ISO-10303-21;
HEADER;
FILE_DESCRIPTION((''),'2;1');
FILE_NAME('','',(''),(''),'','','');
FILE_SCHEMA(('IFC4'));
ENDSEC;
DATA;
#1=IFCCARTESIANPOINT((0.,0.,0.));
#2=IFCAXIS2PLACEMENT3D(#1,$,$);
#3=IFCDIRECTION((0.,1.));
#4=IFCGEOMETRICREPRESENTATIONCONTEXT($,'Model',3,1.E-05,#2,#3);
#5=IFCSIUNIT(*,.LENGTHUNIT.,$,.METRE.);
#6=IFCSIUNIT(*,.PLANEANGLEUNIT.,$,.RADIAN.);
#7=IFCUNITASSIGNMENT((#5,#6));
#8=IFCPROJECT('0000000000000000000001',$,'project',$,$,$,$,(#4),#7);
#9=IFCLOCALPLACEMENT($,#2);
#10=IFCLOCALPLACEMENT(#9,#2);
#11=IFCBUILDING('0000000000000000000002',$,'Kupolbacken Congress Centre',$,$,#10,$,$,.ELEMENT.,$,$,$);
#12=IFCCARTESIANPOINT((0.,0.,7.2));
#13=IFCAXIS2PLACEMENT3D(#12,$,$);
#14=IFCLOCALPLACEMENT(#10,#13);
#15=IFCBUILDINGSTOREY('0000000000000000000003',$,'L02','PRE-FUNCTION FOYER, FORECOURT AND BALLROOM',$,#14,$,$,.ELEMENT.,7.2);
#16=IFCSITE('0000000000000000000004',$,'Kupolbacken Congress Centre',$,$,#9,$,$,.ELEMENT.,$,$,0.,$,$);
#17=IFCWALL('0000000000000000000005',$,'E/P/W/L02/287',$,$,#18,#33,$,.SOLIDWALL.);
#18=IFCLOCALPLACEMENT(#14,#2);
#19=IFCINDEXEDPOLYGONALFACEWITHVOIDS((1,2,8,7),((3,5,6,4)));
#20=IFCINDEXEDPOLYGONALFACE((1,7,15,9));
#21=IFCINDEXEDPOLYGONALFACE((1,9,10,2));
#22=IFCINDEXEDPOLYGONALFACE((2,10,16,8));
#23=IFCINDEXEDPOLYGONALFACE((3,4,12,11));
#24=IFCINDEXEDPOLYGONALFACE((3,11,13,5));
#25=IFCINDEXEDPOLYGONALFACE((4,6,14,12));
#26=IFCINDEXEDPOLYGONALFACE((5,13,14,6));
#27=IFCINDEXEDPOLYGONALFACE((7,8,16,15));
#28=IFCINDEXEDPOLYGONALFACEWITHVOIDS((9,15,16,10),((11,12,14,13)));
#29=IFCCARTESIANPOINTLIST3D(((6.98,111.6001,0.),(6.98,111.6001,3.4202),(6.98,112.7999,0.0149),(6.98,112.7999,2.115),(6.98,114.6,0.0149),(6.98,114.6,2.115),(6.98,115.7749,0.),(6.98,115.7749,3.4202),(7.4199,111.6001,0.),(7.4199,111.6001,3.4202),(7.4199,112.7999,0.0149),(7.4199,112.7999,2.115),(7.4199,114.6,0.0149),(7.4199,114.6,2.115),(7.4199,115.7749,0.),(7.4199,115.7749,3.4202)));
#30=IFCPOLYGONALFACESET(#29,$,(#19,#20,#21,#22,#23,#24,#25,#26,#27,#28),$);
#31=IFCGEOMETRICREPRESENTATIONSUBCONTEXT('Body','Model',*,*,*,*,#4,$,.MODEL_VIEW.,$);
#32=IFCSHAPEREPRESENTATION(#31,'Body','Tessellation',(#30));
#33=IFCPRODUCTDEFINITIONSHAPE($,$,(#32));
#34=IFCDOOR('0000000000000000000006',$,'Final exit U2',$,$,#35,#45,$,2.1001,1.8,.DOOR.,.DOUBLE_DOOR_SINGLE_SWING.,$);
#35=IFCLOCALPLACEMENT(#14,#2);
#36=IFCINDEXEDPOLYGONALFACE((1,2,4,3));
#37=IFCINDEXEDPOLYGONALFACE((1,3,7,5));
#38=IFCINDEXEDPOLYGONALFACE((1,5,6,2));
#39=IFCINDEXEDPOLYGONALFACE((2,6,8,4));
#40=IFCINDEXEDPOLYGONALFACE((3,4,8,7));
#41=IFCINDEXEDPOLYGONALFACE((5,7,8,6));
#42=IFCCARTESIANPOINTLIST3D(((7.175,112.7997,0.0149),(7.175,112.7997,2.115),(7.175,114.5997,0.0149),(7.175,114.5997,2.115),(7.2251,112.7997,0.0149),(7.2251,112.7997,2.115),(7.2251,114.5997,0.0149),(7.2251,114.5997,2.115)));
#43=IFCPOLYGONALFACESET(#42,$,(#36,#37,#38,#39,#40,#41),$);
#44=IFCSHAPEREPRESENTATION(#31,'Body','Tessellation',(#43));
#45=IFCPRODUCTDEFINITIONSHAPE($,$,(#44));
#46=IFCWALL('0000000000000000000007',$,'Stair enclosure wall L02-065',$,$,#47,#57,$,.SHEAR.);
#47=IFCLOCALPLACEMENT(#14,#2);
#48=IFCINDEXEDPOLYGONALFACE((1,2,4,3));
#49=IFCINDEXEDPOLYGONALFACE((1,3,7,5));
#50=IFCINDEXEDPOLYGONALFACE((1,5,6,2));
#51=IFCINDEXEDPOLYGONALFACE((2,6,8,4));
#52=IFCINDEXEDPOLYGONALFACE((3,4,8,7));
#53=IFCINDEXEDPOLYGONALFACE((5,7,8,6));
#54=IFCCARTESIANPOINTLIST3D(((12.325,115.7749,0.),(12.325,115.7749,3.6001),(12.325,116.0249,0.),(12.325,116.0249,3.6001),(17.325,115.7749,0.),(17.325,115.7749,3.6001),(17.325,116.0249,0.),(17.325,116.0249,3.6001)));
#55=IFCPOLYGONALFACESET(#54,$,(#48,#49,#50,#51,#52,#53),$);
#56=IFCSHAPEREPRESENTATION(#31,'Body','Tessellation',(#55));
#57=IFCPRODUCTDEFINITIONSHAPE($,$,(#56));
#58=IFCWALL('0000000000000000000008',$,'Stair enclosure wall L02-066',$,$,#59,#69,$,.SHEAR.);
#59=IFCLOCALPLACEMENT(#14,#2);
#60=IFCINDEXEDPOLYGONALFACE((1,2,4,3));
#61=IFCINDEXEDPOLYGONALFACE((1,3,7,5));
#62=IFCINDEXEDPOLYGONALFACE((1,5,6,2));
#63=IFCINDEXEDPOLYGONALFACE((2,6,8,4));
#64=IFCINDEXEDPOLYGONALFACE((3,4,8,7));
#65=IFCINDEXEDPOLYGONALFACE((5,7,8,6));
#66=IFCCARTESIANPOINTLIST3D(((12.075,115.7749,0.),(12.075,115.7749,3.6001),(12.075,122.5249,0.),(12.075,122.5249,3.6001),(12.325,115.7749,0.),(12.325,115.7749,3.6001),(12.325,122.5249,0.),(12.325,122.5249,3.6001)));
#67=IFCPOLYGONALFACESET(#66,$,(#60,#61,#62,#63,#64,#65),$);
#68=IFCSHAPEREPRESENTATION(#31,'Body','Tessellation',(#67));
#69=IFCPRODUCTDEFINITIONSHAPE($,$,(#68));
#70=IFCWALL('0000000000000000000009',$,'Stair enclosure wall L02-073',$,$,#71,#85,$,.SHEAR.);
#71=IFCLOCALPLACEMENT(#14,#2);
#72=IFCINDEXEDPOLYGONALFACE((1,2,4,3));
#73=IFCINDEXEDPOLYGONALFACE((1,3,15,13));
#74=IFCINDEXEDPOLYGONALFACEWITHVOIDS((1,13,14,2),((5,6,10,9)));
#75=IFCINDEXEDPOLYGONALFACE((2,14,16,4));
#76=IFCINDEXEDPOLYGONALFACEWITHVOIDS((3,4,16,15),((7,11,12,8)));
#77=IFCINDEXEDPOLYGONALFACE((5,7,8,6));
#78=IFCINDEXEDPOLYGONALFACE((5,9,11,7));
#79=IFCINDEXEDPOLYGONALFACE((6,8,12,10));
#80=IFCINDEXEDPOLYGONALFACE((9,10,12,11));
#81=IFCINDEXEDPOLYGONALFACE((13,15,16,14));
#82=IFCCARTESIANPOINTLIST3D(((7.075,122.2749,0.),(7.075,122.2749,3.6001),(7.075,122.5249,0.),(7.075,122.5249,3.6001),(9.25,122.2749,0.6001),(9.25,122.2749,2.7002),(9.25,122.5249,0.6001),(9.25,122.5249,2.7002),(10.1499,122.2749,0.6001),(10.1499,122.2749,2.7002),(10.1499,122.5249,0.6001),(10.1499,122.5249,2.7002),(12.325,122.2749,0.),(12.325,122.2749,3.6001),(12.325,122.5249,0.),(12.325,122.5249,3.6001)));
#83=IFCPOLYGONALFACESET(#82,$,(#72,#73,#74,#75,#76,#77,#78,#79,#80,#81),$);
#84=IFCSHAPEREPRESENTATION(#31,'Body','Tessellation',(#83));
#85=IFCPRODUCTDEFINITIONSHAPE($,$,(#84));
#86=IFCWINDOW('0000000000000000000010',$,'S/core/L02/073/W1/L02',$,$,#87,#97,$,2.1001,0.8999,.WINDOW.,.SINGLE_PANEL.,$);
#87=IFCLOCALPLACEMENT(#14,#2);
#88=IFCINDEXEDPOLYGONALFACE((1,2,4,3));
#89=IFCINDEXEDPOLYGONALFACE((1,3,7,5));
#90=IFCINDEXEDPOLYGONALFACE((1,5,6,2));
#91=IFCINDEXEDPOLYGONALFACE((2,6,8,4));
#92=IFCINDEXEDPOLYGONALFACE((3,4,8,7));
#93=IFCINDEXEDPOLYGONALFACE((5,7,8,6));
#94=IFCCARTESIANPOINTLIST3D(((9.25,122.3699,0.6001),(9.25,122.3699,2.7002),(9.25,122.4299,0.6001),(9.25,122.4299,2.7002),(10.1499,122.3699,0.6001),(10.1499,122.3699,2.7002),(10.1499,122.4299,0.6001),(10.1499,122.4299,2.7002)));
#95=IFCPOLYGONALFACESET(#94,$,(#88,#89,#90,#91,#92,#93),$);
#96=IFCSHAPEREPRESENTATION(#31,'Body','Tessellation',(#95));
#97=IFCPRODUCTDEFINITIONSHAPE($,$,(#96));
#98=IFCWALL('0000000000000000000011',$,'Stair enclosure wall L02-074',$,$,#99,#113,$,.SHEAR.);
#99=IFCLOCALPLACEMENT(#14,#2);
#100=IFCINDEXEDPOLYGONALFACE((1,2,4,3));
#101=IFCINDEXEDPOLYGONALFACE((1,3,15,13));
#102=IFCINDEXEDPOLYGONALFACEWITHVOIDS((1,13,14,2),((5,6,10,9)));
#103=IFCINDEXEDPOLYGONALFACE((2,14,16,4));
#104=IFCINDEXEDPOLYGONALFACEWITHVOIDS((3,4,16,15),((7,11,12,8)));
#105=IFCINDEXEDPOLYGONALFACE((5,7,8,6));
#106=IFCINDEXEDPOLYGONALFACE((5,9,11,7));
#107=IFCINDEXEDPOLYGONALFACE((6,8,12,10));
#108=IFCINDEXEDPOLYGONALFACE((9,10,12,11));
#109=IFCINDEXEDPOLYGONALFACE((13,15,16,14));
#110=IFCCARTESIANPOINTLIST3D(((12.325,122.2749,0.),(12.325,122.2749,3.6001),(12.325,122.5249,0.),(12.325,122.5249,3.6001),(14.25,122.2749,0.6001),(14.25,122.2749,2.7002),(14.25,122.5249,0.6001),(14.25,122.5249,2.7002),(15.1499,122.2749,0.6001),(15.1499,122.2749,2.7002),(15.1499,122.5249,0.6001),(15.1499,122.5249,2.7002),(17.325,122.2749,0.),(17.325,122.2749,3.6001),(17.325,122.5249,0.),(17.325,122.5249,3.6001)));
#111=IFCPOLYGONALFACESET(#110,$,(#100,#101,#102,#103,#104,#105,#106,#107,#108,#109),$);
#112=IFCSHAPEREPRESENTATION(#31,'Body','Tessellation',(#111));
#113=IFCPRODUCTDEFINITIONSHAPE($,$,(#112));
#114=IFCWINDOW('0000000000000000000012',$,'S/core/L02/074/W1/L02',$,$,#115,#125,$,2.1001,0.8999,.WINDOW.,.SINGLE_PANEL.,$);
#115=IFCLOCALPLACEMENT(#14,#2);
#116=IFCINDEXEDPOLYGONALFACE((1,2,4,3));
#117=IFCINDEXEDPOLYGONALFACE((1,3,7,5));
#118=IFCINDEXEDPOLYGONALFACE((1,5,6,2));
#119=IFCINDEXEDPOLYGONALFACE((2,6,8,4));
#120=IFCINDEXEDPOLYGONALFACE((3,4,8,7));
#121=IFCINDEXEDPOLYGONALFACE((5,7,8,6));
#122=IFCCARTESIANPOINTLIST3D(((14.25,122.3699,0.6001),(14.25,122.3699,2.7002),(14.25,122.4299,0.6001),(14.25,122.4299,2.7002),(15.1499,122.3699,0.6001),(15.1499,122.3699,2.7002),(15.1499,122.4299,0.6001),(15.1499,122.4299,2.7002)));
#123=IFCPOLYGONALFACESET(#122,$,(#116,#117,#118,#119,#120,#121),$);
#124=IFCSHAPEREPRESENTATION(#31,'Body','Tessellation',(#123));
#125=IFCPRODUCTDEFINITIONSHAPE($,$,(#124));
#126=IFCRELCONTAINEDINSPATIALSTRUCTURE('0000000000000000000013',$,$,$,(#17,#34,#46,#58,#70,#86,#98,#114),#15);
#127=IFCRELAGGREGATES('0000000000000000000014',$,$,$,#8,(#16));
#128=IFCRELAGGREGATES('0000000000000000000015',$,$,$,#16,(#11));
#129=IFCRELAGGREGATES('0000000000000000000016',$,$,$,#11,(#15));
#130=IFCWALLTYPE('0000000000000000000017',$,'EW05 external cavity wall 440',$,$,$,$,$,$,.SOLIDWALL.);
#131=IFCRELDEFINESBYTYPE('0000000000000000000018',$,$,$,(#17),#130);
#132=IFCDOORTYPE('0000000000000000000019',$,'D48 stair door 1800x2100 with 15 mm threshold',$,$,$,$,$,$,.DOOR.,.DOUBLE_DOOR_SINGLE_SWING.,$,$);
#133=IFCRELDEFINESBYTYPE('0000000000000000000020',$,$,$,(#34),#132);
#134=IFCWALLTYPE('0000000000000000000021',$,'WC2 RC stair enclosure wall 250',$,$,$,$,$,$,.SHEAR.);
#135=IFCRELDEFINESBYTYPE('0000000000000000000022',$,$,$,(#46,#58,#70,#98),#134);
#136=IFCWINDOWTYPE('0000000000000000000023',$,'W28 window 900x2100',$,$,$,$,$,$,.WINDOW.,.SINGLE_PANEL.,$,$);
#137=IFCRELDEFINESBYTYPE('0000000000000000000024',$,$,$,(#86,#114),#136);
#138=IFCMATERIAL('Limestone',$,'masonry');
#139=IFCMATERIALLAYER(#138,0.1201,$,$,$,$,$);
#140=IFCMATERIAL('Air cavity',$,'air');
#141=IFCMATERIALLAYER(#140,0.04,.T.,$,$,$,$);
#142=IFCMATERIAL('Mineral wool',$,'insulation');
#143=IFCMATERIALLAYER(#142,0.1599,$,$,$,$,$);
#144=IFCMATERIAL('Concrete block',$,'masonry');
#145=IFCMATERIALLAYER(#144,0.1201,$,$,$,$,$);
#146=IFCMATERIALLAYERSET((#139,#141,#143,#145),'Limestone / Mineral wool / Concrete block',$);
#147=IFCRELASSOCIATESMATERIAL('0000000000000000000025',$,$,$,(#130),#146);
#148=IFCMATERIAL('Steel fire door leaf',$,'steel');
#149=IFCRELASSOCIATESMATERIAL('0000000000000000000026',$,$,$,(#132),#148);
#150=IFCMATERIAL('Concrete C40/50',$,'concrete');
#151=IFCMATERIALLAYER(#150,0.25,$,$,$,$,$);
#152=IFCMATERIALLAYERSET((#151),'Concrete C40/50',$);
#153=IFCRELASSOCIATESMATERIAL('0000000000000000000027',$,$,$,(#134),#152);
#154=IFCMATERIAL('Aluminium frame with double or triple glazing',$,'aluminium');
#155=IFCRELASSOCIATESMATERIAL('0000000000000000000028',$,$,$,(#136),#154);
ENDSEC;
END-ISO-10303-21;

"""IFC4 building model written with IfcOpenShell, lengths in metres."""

from ifc_helpers import new_model, si_unit, direction, frame, frame_2d, origin, place, context, subcontext, project, spatial, rectangle, extrude, material, layer, layer_set, type_object, element, fill, save


model = new_model("IFC4")

# Units and contexts
model_context = context("Model", 3, precision=1e-05, world=origin(), true_north=direction((0.0, 1.0)))
body_context = subcontext(model_context, "Body", "Model", "MODEL_VIEW")
ifc_project = project(units=[si_unit("LENGTHUNIT", "METRE"), si_unit("PLANEANGLEUNIT", "RADIAN")], contexts=[model_context])

# Site, building, storey
site_placement = place(None, origin())
site = spatial("IfcSite", under=ifc_project, at=site_placement, Name="Kupolbacken Congress Centre", CompositionType="ELEMENT", RefElevation=0.0)
building_placement = place(site_placement, origin())
building = spatial("IfcBuilding", under=site, at=building_placement, Name="Kupolbacken Congress Centre", CompositionType="ELEMENT")
storey_placement = place(building_placement, frame((0.0, 0.0, 7.2)))
storey = spatial("IfcBuildingStorey", under=building, at=storey_placement, Name="L02", Description="PRE-FUNCTION FOYER, FORECOURT AND BALLROOM", CompositionType="ELEMENT", Elevation=7.2)

# Wall, opening, door
ifc_material_1 = material(Name="Limestone", Category="masonry")
ifc_layer_1 = layer(ifc_material_1, 0.1201)
ifc_material_2 = material(Name="Air cavity", Category="air")
ifc_layer_2 = layer(ifc_material_2, 0.04, ventilated=True)
ifc_material_3 = material(Name="Mineral wool", Category="insulation")
ifc_layer_3 = layer(ifc_material_3, 0.1599)
ifc_material_4 = material(Name="Concrete block", Category="masonry")
ifc_layer_4 = layer(ifc_material_4, 0.1201)
ifc_layer_set_1 = layer_set([ifc_layer_1, ifc_layer_2, ifc_layer_3, ifc_layer_4], Name="Limestone / Mineral wool / Concrete block")
wall_type_1 = type_object("IfcWallType", Name="EW05 external cavity wall 440", PredefinedType="SOLIDWALL", material=ifc_layer_set_1)
wall_1_placement = place(storey_placement, frame((7.2, 115.7749, 0.0), z_axis=(0.0, 0.0, 1.0), x_axis=(0.0, -1.0, 0.0)))
wall_1 = element("IfcWall", 1, at=wall_1_placement, inside=storey, type_object=wall_type_1, Name="E/P/W/L02/287", PredefinedType="SOLIDWALL", context=body_context, shape_type="SweptSolid", body=[
    extrude(rectangle(XDim=4.1748, YDim=0.4399, at=frame_2d((2.0874, 0.0))), origin(), (0.0, 0.0, 1.0), 3.4202),
])
opening_1_placement = place(wall_1_placement, frame((1.175, 0.0, 0.0149)))
opening_1 = element("IfcOpeningElement", 2, at=opening_1_placement, cuts=wall_1, PredefinedType="OPENING", context=body_context, shape_type="SweptSolid", body=[
    extrude(rectangle(XDim=1.8, YDim=2.1001, at=frame_2d((0.8999, 1.05))), frame((0.0, 0.23, 0.0), z_axis=(0.0, -1.0, 0.0), x_axis=(1.0, 0.0, 0.0)), (0.0, 0.0, 1.0), 0.46),
])
ifc_material_5 = material(Name="Steel fire door leaf", Category="steel")
door_type_1 = type_object("IfcDoorType", Name="D48 stair door 1800x2100 with 15 mm threshold", OperationType="DOUBLE_DOOR_SINGLE_SWING", PredefinedType="DOOR", material=ifc_material_5)
door_1_placement = place(opening_1_placement, frame((1.8, 0.0, 0.0), z_axis=(0.0, 0.0, 1.0), x_axis=(-1.0, 0.0, 0.0)))
door_1 = element("IfcDoor", 3, at=door_1_placement, inside=storey, type_object=door_type_1, Name="Final exit U2", OperationType="DOUBLE_DOOR_SINGLE_SWING", OverallHeight=2.1001, OverallWidth=1.8, PredefinedType="DOOR", context=body_context, shape_type="SweptSolid", body=[
    extrude(rectangle(XDim=1.8, YDim=2.1001, at=frame_2d((0.8999, 1.05))), frame((0.0, 0.0249, 0.0), z_axis=(0.0, -1.0, 0.0), x_axis=(1.0, 0.0, 0.0)), (0.0, 0.0, 1.0), 0.05),
])
fill(opening_1, door_1)
ifc_material_6 = material(Name="Concrete C40/50", Category="concrete")
ifc_layer_5 = layer(ifc_material_6, 0.25)
ifc_layer_set_2 = layer_set([ifc_layer_5], Name="Concrete C40/50")
wall_type_2 = type_object("IfcWallType", Name="WC2 RC stair enclosure wall 250", PredefinedType="SHEAR", material=ifc_layer_set_2)

# Walls
wall_2_placement = place(storey_placement, frame((12.325, 115.8999, 0.0), z_axis=(0.0, 0.0, 1.0), x_axis=(1.0, 0.0, 0.0)))
element("IfcWall", 4, at=wall_2_placement, inside=storey, type_object=wall_type_2, Name="Stair enclosure wall L02-065", PredefinedType="SHEAR", context=body_context, shape_type="SweptSolid", body=[
    extrude(rectangle(XDim=5.0, YDim=0.25, at=frame_2d((2.5, 0.0))), origin(), (0.0, 0.0, 1.0), 3.6001),
])
wall_3_placement = place(storey_placement, frame((12.2, 115.7749, 0.0), z_axis=(0.0, 0.0, 1.0), x_axis=(0.0, 1.0, 0.0)))
element("IfcWall", 5, at=wall_3_placement, inside=storey, type_object=wall_type_2, Name="Stair enclosure wall L02-066", PredefinedType="SHEAR", context=body_context, shape_type="SweptSolid", body=[
    extrude(rectangle(XDim=6.75, YDim=0.25, at=frame_2d((3.375, 0.0))), origin(), (0.0, 0.0, 1.0), 3.6001),
])

# Walls, openings, windows
wall_4_placement = place(storey_placement, frame((12.325, 122.3999, 0.0), z_axis=(0.0, 0.0, 1.0), x_axis=(-1.0, 0.0, 0.0)))
wall_4 = element("IfcWall", 6, at=wall_4_placement, inside=storey, type_object=wall_type_2, Name="Stair enclosure wall L02-073", PredefinedType="SHEAR", context=body_context, shape_type="SweptSolid", body=[
    extrude(rectangle(XDim=5.25, YDim=0.25, at=frame_2d((2.625, 0.0))), origin(), (0.0, 0.0, 1.0), 3.6001),
])
opening_2_placement = place(wall_4_placement, frame((2.175, 0.0, 0.6001)))
opening_2 = element("IfcOpeningElement", 7, at=opening_2_placement, cuts=wall_4, PredefinedType="OPENING", context=body_context, shape_type="SweptSolid", body=[
    extrude(rectangle(XDim=0.8999, YDim=2.1001, at=frame_2d((0.45, 1.05))), frame((0.0, 0.135, 0.0), z_axis=(0.0, -1.0, 0.0), x_axis=(1.0, 0.0, 0.0)), (0.0, 0.0, 1.0), 0.27),
])
ifc_material_7 = material(Name="Aluminium frame with double or triple glazing", Category="aluminium")
window_type = type_object("IfcWindowType", Name="W28 window 900x2100", PartitioningType="SINGLE_PANEL", PredefinedType="WINDOW", material=ifc_material_7)
window_1_placement = place(opening_2_placement, origin())
window_1 = element("IfcWindow", 8, at=window_1_placement, inside=storey, type_object=window_type, Name="S/core/L02/073/W1/L02", OverallHeight=2.1001, OverallWidth=0.8999, PartitioningType="SINGLE_PANEL", PredefinedType="WINDOW", context=body_context, shape_type="SweptSolid", body=[
    extrude(rectangle(XDim=0.8999, YDim=2.1001, at=frame_2d((0.45, 1.05))), frame((0.0, 0.03, 0.0), z_axis=(0.0, -1.0, 0.0), x_axis=(1.0, 0.0, 0.0)), (0.0, 0.0, 1.0), 0.0601),
])
fill(opening_2, window_1)
wall_5_placement = place(storey_placement, frame((17.325, 122.3999, 0.0), z_axis=(0.0, 0.0, 1.0), x_axis=(-1.0, 0.0, 0.0)))
wall_5 = element("IfcWall", 9, at=wall_5_placement, inside=storey, type_object=wall_type_2, Name="Stair enclosure wall L02-074", PredefinedType="SHEAR", context=body_context, shape_type="SweptSolid", body=[
    extrude(rectangle(XDim=5.0, YDim=0.25, at=frame_2d((2.5, 0.0))), origin(), (0.0, 0.0, 1.0), 3.6001),
])
opening_3_placement = place(wall_5_placement, frame((2.175, 0.0, 0.6001)))
opening_3 = element("IfcOpeningElement", 10, at=opening_3_placement, cuts=wall_5, PredefinedType="OPENING", context=body_context, shape_type="SweptSolid", body=[
    extrude(rectangle(XDim=0.8999, YDim=2.1001, at=frame_2d((0.45, 1.05))), frame((0.0, 0.135, 0.0), z_axis=(0.0, -1.0, 0.0), x_axis=(1.0, 0.0, 0.0)), (0.0, 0.0, 1.0), 0.27),
])
window_2_placement = place(opening_3_placement, origin())
window_2 = element("IfcWindow", 11, at=window_2_placement, inside=storey, type_object=window_type, Name="S/core/L02/074/W1/L02", OverallHeight=2.1001, OverallWidth=0.8999, PartitioningType="SINGLE_PANEL", PredefinedType="WINDOW", context=body_context, shape_type="SweptSolid", body=[
    extrude(rectangle(XDim=0.8999, YDim=2.1001, at=frame_2d((0.45, 1.05))), frame((0.0, 0.03, 0.0), z_axis=(0.0, -1.0, 0.0), x_axis=(1.0, 0.0, 0.0)), (0.0, 0.0, 1.0), 0.0601),
])
fill(opening_3, window_2)

save(model, "model.ifc")
